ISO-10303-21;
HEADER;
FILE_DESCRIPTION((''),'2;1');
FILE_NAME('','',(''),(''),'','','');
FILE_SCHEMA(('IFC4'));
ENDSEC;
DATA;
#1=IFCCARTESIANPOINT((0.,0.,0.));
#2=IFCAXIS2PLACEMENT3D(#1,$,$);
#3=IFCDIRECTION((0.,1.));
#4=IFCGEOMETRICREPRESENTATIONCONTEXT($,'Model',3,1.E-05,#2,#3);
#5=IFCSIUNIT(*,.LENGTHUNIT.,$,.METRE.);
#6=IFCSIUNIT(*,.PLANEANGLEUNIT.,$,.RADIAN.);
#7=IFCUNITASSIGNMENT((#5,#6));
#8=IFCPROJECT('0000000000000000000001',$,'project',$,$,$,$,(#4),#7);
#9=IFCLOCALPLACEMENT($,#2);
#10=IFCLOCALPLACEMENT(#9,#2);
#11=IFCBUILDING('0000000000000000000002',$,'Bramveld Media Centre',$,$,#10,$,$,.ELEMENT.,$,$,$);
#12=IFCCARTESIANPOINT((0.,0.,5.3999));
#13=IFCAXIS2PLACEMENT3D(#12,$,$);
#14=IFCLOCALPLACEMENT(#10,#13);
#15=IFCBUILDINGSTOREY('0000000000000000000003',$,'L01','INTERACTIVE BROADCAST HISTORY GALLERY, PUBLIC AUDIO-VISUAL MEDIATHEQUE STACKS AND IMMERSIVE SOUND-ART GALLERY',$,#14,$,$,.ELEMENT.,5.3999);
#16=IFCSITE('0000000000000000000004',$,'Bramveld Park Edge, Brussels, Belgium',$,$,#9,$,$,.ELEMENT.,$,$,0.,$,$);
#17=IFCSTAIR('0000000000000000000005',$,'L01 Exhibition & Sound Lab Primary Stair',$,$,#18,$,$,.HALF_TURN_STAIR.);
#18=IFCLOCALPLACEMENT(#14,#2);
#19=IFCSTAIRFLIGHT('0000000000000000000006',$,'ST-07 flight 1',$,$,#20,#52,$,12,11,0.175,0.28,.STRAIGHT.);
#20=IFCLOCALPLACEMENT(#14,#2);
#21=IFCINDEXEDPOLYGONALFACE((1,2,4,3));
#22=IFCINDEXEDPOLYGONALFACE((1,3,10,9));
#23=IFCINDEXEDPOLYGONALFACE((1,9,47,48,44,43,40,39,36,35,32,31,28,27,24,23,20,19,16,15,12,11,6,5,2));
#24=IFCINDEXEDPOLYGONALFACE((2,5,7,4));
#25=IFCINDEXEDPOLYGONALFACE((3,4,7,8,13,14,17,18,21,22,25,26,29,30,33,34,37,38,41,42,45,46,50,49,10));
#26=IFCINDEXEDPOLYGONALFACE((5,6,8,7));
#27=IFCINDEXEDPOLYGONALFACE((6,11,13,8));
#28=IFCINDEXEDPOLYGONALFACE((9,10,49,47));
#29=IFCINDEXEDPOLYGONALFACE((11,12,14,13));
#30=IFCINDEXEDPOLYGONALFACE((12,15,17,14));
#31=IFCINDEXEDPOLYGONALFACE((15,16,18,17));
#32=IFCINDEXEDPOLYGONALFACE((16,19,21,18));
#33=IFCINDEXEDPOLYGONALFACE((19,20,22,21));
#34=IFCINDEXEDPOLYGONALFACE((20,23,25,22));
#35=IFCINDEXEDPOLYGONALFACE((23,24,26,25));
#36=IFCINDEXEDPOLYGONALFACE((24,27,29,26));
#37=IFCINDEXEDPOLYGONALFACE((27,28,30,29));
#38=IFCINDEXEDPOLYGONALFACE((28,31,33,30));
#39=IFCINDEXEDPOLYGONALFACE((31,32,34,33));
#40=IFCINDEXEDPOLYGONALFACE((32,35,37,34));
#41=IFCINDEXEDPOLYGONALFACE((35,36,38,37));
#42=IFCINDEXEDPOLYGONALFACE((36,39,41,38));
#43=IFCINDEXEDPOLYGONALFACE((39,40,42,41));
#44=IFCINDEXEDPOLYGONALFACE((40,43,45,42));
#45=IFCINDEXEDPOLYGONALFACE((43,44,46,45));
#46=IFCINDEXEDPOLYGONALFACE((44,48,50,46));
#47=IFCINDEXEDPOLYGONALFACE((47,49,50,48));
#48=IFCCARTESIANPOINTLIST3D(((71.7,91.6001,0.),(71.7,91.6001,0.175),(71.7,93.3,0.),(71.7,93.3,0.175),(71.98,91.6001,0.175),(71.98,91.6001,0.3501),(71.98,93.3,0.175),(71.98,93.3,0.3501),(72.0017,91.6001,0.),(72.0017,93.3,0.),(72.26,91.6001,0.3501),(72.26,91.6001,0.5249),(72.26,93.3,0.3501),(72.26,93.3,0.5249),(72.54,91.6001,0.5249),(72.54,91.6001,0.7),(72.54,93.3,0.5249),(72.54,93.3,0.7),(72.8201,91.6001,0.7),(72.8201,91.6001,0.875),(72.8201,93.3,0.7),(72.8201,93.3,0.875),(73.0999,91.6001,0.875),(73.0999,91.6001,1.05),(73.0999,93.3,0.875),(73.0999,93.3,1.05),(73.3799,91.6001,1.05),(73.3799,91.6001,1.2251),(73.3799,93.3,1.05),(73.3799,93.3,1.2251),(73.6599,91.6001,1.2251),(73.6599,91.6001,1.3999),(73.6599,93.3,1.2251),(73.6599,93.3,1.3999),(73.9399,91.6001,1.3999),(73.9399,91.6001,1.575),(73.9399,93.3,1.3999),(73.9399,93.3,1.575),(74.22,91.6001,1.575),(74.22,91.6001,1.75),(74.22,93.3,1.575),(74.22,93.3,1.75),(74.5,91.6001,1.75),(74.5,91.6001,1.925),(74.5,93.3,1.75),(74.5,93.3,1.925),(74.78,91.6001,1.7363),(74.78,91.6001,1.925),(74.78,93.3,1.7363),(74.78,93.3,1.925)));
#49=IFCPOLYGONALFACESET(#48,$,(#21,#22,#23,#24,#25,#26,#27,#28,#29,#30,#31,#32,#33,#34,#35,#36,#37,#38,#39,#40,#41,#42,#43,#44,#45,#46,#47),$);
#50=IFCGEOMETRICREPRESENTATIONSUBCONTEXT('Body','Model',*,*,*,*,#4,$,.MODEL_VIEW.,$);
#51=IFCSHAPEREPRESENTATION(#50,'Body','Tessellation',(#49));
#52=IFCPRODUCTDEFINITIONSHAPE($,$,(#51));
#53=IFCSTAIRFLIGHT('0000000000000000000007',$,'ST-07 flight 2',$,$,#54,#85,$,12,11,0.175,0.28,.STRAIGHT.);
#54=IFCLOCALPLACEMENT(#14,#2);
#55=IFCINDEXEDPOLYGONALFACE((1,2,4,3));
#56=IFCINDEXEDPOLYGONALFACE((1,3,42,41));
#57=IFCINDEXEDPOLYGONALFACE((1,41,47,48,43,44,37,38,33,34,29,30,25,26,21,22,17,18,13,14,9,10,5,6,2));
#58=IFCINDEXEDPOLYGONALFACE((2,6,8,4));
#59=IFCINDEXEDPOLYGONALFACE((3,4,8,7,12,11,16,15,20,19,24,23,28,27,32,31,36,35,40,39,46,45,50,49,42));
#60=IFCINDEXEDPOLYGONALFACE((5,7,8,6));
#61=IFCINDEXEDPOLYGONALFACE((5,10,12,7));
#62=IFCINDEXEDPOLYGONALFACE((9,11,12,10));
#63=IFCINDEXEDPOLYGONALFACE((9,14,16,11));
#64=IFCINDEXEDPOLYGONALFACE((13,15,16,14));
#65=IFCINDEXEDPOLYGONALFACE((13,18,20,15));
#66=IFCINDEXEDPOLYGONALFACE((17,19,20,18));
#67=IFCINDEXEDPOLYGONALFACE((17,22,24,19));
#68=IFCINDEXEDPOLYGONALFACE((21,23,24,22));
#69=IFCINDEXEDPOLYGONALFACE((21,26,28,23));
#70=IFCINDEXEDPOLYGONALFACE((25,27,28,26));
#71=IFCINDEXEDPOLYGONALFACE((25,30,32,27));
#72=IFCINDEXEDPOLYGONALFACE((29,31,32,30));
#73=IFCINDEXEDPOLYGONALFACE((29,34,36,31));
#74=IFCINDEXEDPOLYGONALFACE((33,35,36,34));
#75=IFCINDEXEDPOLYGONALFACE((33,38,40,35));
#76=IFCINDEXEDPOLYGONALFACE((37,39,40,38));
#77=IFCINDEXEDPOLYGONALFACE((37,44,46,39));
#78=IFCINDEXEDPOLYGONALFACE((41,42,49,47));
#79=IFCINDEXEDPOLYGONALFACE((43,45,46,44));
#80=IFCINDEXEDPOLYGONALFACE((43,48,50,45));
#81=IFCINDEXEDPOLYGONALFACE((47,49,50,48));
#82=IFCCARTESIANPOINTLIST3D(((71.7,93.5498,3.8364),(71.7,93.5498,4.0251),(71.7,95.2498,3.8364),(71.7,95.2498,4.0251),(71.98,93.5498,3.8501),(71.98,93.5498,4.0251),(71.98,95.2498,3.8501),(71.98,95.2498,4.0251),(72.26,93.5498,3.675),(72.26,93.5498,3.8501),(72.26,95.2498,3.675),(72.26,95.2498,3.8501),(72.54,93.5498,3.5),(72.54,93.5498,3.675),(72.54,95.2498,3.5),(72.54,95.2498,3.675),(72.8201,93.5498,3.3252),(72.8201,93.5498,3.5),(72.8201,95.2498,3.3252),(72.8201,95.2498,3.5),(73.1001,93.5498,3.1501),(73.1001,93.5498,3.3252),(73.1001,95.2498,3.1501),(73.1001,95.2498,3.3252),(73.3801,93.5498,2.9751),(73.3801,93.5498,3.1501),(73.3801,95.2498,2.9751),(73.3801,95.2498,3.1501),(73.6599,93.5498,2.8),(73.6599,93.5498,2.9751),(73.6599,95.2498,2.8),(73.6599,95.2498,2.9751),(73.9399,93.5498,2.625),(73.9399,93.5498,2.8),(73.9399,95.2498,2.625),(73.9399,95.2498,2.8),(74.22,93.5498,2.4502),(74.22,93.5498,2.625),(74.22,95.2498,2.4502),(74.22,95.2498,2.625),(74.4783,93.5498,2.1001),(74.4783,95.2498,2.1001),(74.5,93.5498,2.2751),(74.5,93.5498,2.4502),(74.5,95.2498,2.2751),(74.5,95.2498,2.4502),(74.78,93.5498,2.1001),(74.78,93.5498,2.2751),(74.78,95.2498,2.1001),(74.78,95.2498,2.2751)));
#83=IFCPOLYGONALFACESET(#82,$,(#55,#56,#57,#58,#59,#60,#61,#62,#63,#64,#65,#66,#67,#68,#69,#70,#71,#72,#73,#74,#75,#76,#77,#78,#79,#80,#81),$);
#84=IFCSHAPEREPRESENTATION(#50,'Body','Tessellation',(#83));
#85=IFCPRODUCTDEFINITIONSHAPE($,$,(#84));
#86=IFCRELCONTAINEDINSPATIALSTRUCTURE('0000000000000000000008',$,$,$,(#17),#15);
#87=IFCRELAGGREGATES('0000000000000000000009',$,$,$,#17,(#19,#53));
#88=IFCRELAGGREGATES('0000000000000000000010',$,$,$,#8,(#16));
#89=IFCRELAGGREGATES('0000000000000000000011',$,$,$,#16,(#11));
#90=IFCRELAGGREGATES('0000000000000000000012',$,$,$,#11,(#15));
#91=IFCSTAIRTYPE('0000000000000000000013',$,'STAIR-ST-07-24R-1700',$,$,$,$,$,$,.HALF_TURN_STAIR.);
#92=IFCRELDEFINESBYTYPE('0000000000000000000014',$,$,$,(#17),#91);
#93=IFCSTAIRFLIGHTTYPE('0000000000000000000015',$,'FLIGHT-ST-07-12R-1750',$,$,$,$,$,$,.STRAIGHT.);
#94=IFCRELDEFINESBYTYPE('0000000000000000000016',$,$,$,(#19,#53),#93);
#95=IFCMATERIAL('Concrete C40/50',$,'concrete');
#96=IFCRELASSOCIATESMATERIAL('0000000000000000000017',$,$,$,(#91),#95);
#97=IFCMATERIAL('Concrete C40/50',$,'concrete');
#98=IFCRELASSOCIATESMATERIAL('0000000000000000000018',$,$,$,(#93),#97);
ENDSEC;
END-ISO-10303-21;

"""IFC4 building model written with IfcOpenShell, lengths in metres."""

from ifc_helpers import new_model, si_unit, direction, frame, origin, place, context, subcontext, project, spatial, polyline, outline, extrude, material, type_object, element, aggregate, save


model = new_model("IFC4")

# Units and contexts
model_context = context("Model", 3, precision=1e-05, world=origin(), true_north=direction((0.0, 1.0)))
body_context = subcontext(model_context, "Body", "Model", "MODEL_VIEW")
ifc_project = project(units=[si_unit("LENGTHUNIT", "METRE"), si_unit("PLANEANGLEUNIT", "RADIAN")], contexts=[model_context])

# Site, building, storey
site_placement = place(None, origin())
site = spatial("IfcSite", under=ifc_project, at=site_placement, Name="Bramveld Park Edge, Brussels, Belgium", CompositionType="ELEMENT", RefElevation=0.0)
building_placement = place(site_placement, origin())
building = spatial("IfcBuilding", under=site, at=building_placement, Name="Bramveld Media Centre", CompositionType="ELEMENT")
storey_placement = place(building_placement, frame((0.0, 0.0, 5.3999)))
storey = spatial("IfcBuildingStorey", under=building, at=storey_placement, Name="L01", Description="INTERACTIVE BROADCAST HISTORY GALLERY, PUBLIC AUDIO-VISUAL MEDIATHEQUE STACKS AND IMMERSIVE SOUND-ART GALLERY", CompositionType="ELEMENT", Elevation=5.3999)

# Stair, stair flights
ifc_material_1 = material(Name="Concrete C40/50", Category="concrete")
stair_type = type_object("IfcStairType", Name="STAIR-ST-07-24R-1700", PredefinedType="HALF_TURN_STAIR", material=ifc_material_1)
stair_placement = place(storey_placement, origin())
stair = element("IfcStair", 1, at=stair_placement, inside=storey, type_object=stair_type, Name="L01 Exhibition & Sound Lab Primary Stair", PredefinedType="HALF_TURN_STAIR")
ifc_material_2 = material(Name="Concrete C40/50", Category="concrete")
stair_flight_type = type_object("IfcStairFlightType", Name="FLIGHT-ST-07-12R-1750", PredefinedType="STRAIGHT", material=ifc_material_2)
stair_flight_1_placement = place(storey_placement, frame((71.7, 92.45, 0.0), z_axis=(0.0, 0.0, 1.0), x_axis=(1.0, 0.0, 0.0)))
stair_flight_1 = element("IfcStairFlight", 2, at=stair_flight_1_placement, type_object=stair_flight_type, Name="ST-07 flight 1", NumberOfRisers=12, NumberOfTreads=11, PredefinedType="STRAIGHT", RiserHeight=0.175, TreadLength=0.28, context=body_context, shape_type="SweptSolid", body=[
    extrude(outline(polyline([(0.0, 0.0), (0.0, 0.175), (0.28, 0.175), (0.28, 0.3501), (0.5601, 0.3501), (0.5601, 0.5249), (0.8401, 0.5249), (0.8401, 0.7), (1.1201, 0.7), (1.1201, 0.875), (1.3999, 0.875), (1.3999, 1.05), (1.6799, 1.05), (1.6799, 1.2251), (1.96, 1.2251), (1.96, 1.3999), (2.24, 1.3999), (2.24, 1.575), (2.52, 1.575), (2.52, 1.75), (2.8, 1.75), (2.8, 1.925), (3.0801, 1.925), (3.0801, 2.1001), (3.0801, 1.7363), (0.3018, 0.0), (0.0, 0.0)])), frame((0.0, 0.8501, 0.0), z_axis=(0.0, -1.0, 0.0), x_axis=(1.0, 0.0, 0.0)), (0.0, 0.0, 1.0), 1.7),
])
stair_flight_2_placement = place(storey_placement, frame((74.78, 94.3999, 2.1001), z_axis=(0.0, 0.0, 1.0), x_axis=(-1.0, 0.0, 0.0)))
stair_flight_2 = element("IfcStairFlight", 3, at=stair_flight_2_placement, type_object=stair_flight_type, Name="ST-07 flight 2", NumberOfRisers=12, NumberOfTreads=11, PredefinedType="STRAIGHT", RiserHeight=0.175, TreadLength=0.28, context=body_context, shape_type="SweptSolid", body=[
    extrude(outline(polyline([(0.0, 0.0), (0.0, 0.175), (0.28, 0.175), (0.28, 0.3501), (0.5601, 0.3501), (0.5601, 0.5249), (0.8401, 0.5249), (0.8401, 0.7), (1.1201, 0.7), (1.1201, 0.875), (1.3999, 0.875), (1.3999, 1.05), (1.6799, 1.05), (1.6799, 1.2251), (1.96, 1.2251), (1.96, 1.3999), (2.24, 1.3999), (2.24, 1.575), (2.52, 1.575), (2.52, 1.75), (2.8, 1.75), (2.8, 1.925), (3.0801, 1.925), (3.0801, 2.1001), (3.0801, 1.7363), (0.3018, 0.0), (0.0, 0.0)])), frame((0.0, 0.8501, 0.0), z_axis=(0.0, -1.0, 0.0), x_axis=(1.0, 0.0, 0.0)), (0.0, 0.0, 1.0), 1.7),
])
aggregate(stair, [stair_flight_1, stair_flight_2])

save(model, "model.ifc")
